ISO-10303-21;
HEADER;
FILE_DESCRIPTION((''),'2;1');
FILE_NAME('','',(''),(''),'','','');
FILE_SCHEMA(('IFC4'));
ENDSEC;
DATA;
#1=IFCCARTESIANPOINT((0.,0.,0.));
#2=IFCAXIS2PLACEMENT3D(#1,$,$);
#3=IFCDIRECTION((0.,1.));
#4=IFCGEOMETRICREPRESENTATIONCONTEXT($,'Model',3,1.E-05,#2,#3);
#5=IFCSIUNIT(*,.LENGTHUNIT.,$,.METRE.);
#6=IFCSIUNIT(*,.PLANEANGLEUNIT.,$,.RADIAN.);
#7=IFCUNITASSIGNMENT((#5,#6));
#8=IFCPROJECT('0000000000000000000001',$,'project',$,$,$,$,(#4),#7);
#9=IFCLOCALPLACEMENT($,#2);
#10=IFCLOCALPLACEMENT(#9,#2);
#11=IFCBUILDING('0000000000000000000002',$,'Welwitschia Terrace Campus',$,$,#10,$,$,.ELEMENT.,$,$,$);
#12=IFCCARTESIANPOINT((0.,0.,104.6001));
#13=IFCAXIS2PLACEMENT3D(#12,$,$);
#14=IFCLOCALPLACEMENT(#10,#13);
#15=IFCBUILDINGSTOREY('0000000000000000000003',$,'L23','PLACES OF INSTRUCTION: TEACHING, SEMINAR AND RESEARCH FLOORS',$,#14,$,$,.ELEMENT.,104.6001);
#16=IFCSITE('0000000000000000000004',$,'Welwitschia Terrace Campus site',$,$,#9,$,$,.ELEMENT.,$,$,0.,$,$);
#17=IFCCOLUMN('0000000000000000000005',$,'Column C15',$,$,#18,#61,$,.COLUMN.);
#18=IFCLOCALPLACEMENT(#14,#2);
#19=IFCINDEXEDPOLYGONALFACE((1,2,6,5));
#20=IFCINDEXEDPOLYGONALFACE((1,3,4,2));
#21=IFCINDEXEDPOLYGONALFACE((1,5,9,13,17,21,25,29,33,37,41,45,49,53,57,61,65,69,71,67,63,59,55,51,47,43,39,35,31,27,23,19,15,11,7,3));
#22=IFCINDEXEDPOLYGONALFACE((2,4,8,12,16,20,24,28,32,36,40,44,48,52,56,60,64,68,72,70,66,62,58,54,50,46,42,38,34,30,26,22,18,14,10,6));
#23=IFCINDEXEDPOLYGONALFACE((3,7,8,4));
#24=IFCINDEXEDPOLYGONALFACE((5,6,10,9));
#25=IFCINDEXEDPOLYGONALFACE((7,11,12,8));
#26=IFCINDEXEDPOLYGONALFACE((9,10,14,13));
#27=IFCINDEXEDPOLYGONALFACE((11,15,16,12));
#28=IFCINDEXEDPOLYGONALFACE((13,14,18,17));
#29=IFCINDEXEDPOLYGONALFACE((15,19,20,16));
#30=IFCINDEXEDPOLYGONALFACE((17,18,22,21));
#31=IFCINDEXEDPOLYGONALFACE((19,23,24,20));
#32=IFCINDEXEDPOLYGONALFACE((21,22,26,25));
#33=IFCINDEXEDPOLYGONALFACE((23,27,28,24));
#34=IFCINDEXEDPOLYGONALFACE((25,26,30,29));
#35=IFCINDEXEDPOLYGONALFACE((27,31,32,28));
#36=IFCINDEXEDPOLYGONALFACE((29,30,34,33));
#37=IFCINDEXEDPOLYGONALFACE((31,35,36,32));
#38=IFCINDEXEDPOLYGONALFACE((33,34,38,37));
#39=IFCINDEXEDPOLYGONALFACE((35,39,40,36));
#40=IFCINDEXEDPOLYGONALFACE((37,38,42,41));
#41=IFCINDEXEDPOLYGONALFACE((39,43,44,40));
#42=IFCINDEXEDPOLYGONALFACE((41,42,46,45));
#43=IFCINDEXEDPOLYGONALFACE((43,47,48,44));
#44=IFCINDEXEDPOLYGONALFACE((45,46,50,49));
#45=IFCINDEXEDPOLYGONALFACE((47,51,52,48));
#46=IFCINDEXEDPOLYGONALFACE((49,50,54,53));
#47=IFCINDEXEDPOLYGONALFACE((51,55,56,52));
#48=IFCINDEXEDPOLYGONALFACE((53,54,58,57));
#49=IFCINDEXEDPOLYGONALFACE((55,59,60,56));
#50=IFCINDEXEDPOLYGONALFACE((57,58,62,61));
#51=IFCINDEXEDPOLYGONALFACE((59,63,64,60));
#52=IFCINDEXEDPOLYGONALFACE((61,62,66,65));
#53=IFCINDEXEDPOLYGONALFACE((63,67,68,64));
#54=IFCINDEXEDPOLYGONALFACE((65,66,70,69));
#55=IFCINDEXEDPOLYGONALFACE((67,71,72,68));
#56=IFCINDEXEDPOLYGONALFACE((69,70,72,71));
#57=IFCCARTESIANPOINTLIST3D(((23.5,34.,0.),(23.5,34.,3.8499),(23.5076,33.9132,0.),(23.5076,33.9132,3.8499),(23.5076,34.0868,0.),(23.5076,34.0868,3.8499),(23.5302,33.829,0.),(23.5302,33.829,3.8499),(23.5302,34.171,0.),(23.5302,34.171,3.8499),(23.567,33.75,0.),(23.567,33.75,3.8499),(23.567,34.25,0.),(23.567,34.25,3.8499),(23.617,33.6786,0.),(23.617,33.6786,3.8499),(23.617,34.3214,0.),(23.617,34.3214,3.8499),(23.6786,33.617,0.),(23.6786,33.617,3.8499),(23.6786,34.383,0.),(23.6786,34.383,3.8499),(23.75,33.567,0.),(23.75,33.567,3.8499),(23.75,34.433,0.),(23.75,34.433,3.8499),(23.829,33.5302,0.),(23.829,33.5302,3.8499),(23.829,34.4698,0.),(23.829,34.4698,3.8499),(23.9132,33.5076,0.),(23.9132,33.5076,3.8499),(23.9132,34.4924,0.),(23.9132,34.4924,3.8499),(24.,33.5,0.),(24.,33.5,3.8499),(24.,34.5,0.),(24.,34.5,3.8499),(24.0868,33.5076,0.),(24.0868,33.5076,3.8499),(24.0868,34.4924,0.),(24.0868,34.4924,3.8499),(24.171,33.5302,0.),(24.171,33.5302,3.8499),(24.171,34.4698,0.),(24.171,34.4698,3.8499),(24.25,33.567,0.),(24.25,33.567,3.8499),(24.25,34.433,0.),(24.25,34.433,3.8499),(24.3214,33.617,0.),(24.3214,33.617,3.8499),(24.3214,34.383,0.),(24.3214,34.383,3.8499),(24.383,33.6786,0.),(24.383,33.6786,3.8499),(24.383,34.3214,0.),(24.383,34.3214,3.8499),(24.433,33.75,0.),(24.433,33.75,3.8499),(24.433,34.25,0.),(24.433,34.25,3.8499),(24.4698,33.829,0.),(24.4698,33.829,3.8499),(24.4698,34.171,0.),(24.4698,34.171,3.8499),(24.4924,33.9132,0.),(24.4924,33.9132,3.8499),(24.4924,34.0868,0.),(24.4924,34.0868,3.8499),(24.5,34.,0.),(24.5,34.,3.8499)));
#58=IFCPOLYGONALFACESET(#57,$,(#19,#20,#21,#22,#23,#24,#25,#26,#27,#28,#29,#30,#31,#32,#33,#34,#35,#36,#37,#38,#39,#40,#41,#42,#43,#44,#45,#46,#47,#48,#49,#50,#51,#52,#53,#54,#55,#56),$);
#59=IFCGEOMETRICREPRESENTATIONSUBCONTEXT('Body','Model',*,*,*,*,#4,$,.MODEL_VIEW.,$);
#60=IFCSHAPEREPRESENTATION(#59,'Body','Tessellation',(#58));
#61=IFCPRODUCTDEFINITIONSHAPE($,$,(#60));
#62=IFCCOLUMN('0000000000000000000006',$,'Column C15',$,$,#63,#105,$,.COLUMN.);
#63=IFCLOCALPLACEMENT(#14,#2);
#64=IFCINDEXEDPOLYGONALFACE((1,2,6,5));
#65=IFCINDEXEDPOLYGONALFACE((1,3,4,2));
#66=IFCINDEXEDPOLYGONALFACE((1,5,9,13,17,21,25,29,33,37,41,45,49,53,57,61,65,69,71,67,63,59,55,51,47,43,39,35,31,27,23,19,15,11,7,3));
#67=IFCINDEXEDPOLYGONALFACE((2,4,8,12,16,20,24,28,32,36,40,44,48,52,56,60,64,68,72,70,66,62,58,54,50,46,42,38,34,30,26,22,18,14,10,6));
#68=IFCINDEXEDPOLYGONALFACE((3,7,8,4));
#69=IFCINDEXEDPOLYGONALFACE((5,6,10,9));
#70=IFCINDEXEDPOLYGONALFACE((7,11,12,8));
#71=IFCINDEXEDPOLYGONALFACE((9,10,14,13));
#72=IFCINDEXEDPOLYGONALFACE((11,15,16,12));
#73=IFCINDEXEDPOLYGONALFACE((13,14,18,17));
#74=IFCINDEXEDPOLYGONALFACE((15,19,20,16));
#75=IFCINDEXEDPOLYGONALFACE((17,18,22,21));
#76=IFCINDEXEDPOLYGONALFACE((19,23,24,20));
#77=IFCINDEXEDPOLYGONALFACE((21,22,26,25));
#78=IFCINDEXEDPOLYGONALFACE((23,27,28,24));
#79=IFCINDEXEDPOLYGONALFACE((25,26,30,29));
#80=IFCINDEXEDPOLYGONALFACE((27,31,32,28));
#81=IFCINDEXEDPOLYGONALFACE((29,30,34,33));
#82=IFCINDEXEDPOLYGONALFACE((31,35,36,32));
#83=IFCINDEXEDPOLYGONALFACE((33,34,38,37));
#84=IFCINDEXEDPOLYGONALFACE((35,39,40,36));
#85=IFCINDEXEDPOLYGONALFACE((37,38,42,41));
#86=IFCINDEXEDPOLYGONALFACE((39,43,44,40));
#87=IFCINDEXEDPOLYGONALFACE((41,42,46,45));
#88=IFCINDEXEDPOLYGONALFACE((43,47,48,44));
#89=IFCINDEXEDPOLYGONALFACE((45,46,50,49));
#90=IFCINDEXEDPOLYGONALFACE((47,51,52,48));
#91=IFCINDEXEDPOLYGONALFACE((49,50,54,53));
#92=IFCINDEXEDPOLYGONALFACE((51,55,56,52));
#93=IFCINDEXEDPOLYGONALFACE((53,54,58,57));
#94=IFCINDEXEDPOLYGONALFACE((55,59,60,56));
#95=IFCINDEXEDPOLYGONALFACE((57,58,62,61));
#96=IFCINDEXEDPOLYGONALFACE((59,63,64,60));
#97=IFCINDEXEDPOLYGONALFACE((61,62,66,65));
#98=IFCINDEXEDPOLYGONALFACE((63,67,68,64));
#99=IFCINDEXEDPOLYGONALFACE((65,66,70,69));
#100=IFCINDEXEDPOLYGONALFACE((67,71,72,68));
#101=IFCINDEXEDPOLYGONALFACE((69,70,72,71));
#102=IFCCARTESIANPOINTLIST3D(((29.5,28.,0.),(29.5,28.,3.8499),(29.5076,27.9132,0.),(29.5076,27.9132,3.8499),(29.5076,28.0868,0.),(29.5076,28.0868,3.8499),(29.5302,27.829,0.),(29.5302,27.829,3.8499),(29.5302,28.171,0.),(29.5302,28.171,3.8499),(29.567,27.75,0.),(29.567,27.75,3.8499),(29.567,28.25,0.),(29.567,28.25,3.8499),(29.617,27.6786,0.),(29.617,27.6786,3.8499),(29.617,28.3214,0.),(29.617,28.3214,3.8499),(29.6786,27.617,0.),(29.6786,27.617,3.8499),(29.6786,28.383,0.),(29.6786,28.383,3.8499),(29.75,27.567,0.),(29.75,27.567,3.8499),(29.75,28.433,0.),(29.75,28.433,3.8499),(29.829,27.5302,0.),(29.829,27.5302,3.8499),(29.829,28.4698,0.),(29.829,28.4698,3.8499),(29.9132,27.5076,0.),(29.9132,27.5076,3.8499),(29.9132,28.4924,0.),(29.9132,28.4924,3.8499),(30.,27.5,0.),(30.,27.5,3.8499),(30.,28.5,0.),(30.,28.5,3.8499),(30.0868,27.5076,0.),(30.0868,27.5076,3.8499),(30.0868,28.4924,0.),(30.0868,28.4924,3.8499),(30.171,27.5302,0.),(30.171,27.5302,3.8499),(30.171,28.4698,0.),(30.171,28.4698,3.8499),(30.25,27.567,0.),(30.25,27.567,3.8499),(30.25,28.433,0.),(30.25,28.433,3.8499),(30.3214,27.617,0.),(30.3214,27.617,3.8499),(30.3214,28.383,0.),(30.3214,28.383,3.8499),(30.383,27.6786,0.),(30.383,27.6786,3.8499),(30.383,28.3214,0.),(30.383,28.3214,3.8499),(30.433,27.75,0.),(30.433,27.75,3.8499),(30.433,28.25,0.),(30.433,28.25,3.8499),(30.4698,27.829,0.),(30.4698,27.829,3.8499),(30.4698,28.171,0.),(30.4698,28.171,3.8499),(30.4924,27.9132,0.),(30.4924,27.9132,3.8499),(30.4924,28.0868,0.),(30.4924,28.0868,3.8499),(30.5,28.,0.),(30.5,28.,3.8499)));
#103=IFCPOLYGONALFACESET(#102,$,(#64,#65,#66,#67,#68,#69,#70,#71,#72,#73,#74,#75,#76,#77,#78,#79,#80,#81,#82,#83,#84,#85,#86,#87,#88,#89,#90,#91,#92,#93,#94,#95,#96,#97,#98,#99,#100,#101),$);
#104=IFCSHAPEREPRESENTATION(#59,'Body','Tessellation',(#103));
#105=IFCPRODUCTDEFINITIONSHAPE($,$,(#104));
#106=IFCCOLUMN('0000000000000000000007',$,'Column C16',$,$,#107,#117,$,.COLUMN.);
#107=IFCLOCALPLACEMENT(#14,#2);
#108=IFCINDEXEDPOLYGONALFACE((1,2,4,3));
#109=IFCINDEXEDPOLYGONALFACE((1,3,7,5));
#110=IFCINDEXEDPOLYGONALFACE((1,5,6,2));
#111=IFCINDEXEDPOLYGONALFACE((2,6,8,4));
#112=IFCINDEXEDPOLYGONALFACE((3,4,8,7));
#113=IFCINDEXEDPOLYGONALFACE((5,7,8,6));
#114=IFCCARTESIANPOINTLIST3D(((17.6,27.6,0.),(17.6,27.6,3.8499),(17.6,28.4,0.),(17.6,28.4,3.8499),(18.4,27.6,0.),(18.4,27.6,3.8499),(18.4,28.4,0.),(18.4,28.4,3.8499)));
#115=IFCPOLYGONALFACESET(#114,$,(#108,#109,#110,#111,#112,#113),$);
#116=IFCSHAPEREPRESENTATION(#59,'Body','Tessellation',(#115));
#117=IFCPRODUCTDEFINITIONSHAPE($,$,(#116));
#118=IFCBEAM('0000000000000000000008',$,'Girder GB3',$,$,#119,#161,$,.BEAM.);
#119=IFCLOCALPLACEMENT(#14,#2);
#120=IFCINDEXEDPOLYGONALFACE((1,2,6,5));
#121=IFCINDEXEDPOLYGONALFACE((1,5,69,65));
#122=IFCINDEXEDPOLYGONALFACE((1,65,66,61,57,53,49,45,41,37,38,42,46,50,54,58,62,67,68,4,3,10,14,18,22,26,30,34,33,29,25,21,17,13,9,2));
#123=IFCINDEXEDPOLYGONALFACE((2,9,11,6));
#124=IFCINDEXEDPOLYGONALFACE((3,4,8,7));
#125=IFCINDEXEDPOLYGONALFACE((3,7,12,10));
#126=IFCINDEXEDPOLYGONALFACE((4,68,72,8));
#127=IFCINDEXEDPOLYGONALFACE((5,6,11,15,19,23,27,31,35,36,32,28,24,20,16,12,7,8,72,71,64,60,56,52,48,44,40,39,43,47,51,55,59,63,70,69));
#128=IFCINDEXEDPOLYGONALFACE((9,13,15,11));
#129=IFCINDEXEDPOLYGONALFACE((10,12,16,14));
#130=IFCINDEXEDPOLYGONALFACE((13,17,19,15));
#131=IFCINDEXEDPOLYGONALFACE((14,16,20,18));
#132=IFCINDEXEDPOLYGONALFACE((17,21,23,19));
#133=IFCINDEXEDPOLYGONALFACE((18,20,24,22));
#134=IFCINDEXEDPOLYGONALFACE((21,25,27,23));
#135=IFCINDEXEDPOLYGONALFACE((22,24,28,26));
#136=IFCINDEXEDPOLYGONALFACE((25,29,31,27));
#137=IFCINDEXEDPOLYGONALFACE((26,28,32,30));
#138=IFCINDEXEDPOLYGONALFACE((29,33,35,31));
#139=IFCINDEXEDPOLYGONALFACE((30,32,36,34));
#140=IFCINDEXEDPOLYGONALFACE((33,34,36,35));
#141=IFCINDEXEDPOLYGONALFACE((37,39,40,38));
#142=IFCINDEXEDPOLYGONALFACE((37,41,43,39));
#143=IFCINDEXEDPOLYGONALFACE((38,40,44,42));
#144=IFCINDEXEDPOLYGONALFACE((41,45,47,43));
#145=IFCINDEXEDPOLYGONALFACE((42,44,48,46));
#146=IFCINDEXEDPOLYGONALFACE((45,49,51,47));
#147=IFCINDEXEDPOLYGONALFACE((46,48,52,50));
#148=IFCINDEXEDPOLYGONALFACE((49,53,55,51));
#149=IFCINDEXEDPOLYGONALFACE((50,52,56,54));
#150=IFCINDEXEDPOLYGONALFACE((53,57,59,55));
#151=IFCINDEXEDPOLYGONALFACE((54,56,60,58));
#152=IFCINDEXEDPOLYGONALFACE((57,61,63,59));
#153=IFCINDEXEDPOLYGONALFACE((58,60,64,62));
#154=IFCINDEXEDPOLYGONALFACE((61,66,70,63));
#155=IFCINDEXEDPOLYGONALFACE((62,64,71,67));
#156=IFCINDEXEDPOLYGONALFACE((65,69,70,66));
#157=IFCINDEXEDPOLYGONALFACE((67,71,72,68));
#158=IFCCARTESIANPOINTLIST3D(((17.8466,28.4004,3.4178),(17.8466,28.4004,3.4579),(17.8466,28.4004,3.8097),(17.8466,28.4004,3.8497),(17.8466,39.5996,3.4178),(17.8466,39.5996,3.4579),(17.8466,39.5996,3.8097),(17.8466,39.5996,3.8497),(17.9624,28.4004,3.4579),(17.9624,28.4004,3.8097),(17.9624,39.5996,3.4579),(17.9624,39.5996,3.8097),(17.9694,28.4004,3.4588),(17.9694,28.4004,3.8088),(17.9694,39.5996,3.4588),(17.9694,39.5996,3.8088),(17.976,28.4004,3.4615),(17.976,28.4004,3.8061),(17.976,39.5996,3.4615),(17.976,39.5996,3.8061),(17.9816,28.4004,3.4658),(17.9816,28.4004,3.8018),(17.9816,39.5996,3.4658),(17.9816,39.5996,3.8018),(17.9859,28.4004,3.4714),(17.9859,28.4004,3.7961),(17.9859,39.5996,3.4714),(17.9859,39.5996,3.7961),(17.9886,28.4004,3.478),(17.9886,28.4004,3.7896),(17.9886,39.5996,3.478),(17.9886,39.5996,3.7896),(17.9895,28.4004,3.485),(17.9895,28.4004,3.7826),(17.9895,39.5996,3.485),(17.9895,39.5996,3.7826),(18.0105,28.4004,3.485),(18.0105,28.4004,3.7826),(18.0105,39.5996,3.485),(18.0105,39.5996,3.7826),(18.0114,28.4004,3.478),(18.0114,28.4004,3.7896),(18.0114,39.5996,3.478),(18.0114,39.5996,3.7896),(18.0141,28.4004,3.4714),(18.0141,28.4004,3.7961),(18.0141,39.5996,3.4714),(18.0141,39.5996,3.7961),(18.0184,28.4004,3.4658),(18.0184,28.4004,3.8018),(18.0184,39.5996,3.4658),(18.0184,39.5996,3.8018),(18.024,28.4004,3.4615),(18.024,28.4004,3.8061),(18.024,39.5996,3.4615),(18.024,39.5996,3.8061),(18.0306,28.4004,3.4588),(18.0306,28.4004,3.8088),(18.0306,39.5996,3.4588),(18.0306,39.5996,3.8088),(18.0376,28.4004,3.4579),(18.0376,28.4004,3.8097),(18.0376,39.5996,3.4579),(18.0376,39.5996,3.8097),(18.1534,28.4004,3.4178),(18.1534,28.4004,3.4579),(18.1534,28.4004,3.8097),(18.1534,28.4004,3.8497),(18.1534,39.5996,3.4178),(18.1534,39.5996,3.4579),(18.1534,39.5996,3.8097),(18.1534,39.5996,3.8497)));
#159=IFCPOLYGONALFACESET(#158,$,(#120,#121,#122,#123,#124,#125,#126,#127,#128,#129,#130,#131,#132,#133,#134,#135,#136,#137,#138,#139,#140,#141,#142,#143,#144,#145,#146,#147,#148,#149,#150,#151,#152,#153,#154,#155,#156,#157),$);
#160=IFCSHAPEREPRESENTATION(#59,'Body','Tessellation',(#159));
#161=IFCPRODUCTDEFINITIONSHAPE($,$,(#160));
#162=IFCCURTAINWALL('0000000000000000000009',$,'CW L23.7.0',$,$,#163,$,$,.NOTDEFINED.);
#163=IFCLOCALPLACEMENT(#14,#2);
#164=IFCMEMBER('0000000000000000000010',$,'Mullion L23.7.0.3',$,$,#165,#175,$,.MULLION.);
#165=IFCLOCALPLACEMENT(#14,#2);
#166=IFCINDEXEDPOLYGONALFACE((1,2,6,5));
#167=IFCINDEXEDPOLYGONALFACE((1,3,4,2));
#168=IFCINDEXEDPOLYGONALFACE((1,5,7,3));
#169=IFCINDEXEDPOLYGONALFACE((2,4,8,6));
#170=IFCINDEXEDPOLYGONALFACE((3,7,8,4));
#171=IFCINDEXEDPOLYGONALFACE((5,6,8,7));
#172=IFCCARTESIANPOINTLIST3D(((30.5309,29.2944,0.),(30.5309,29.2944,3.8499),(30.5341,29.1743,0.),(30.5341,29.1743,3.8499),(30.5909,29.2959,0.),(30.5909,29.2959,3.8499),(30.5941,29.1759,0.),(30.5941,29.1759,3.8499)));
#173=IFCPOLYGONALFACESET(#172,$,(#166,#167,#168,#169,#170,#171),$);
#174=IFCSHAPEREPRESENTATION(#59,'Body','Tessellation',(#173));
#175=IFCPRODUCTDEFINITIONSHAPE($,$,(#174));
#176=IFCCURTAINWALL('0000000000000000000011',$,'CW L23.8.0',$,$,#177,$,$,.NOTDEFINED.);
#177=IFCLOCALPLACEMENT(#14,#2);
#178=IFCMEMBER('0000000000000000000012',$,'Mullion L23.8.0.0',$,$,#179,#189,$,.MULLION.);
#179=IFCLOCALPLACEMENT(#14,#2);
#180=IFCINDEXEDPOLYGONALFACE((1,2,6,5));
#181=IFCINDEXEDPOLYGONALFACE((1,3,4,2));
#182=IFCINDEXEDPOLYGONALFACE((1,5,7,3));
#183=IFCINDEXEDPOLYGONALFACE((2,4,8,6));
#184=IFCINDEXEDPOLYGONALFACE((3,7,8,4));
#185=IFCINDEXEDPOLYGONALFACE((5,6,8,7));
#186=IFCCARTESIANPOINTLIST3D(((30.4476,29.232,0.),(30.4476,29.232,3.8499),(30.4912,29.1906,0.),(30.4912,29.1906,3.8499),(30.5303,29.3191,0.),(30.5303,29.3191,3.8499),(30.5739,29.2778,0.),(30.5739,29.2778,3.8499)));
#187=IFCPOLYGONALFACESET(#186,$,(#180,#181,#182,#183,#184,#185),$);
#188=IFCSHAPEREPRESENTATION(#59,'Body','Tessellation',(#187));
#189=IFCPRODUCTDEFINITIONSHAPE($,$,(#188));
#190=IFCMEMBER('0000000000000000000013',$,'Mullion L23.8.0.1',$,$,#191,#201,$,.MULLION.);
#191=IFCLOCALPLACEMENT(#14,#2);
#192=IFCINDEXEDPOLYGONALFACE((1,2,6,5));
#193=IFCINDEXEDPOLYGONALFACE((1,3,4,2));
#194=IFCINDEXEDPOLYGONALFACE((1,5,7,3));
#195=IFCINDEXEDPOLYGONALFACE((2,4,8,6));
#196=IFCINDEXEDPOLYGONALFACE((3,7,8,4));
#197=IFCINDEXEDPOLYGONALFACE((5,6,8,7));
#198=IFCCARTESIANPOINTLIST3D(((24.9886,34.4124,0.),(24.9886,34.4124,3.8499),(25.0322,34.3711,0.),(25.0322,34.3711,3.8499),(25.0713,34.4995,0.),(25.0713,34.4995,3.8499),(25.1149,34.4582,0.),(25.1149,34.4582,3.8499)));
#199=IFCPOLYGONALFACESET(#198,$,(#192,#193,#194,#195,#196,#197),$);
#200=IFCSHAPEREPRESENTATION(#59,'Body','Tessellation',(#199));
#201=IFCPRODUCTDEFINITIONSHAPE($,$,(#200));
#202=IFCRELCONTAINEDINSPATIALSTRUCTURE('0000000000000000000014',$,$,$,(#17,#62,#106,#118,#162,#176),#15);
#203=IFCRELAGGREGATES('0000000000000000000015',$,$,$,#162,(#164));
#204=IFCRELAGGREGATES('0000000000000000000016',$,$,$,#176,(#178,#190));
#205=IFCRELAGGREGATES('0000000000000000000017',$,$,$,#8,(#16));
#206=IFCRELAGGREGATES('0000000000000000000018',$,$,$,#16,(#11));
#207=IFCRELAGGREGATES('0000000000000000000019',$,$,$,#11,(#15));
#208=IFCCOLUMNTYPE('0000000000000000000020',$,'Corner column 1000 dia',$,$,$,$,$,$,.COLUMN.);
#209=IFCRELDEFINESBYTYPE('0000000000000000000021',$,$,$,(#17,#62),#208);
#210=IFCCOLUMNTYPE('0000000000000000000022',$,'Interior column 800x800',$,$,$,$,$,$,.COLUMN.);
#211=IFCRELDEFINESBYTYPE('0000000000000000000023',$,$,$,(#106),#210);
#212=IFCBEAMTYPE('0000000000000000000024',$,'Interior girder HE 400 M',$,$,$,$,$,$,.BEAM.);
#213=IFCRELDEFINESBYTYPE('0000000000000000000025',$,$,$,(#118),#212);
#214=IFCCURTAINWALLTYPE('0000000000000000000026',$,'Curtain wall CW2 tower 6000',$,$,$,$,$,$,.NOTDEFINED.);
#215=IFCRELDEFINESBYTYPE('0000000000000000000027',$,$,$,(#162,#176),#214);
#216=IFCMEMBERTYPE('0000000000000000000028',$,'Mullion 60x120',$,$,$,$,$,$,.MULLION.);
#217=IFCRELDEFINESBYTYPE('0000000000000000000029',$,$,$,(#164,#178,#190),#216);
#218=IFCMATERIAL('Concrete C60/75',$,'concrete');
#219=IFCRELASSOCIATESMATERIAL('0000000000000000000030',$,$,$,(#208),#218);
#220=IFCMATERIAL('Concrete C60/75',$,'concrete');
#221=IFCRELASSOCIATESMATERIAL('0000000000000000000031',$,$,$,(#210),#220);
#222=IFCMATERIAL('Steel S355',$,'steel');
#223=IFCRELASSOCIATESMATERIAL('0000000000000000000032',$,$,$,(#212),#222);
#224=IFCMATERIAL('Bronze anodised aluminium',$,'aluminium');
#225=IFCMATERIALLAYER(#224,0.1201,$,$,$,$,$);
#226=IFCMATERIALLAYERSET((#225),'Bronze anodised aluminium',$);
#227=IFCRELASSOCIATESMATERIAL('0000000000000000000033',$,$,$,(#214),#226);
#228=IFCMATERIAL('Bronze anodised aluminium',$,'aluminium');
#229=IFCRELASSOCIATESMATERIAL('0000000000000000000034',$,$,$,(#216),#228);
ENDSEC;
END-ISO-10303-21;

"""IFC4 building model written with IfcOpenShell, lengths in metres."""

from ifc_helpers import new_model, si_unit, direction, frame, origin, origin_2d, place, context, subcontext, project, spatial, rectangle, circle, i_section, extrude, material, layer, layer_set, material_profile, profile_set, type_object, element, aggregate, save


model = new_model("IFC4")

# Units and contexts
model_context = context("Model", 3, precision=1e-05, world=origin(), true_north=direction((0.0, 1.0)))
body_context = subcontext(model_context, "Body", "Model", "MODEL_VIEW")
ifc_project = project(units=[si_unit("LENGTHUNIT", "METRE"), si_unit("PLANEANGLEUNIT", "RADIAN")], contexts=[model_context])

# Site, building, storey
site_placement = place(None, origin())
site = spatial("IfcSite", under=ifc_project, at=site_placement, Name="Welwitschia Terrace Campus site", CompositionType="ELEMENT", RefElevation=0.0)
building_placement = place(site_placement, origin())
building = spatial("IfcBuilding", under=site, at=building_placement, Name="Welwitschia Terrace Campus", CompositionType="ELEMENT")
storey_placement = place(building_placement, frame((0.0, 0.0, 104.6001)))
storey = spatial("IfcBuildingStorey", under=building, at=storey_placement, Name="L23", Description="PLACES OF INSTRUCTION: TEACHING, SEMINAR AND RESEARCH FLOORS", CompositionType="ELEMENT", Elevation=104.6001)

# Columns
ifc_material_1 = material(Name="Concrete C60/75", Category="concrete")
ifc_material_profile_1 = material_profile(ifc_material_1, circle(Radius=0.5, at=origin_2d()))
ifc_profile_set_1 = profile_set([ifc_material_profile_1], Name="Concrete C60/75")
column_type_1 = type_object("IfcColumnType", Name="Corner column 1000 dia", PredefinedType="COLUMN", material=ifc_profile_set_1)
for number, where, z_axis, x_axis, name in (
    (1, (24.0, 34.0, 0.0), (0.0, 0.0, 1.0), (1.0, 0.0, 0.0), "Column C15"),
    (2, (30.0, 28.0, 0.0), (0.0, 0.0, 1.0), (1.0, 0.0, 0.0), "Column C15"),
):
    element("IfcColumn", number, at=place(storey_placement, frame(where, z_axis=z_axis, x_axis=x_axis)), inside=storey, type_object=column_type_1, Name=name, PredefinedType="COLUMN", context=body_context, shape_type="SweptSolid", body=[
        extrude(circle(Radius=0.5, at=origin_2d()), origin(), (0.0, 0.0, 1.0), 3.8499),
    ])
ifc_material_2 = material(Name="Concrete C60/75", Category="concrete")
ifc_material_profile_2 = material_profile(ifc_material_2, rectangle(XDim=0.8, YDim=0.8, at=origin_2d()))
ifc_profile_set_2 = profile_set([ifc_material_profile_2], Name="Concrete C60/75")
column_type_2 = type_object("IfcColumnType", Name="Interior column 800x800", PredefinedType="COLUMN", material=ifc_profile_set_2)
column_placement = place(storey_placement, frame((18.0, 28.0, 0.0), z_axis=(0.0, 0.0, 1.0), x_axis=(1.0, 0.0, 0.0)))
element("IfcColumn", 3, at=column_placement, inside=storey, type_object=column_type_2, Name="Column C16", PredefinedType="COLUMN", context=body_context, shape_type="SweptSolid", body=[
    extrude(rectangle(XDim=0.8, YDim=0.8, at=origin_2d()), origin(), (0.0, 0.0, 1.0), 3.8499),
])

# Beam
ifc_material_3 = material(Name="Steel S355", Category="steel")
ifc_material_profile_3 = material_profile(ifc_material_3, i_section(OverallWidth=0.3069, OverallDepth=0.4319, WebThickness=0.021, FlangeThickness=0.04, FilletRadius=0.0271, at=origin_2d()))
ifc_profile_set_3 = profile_set([ifc_material_profile_3], Name="Steel S355")
beam_type_1 = type_object("IfcBeamType", Name="Interior girder HE 400 M", PredefinedType="BEAM", material=ifc_profile_set_3)
beam_1_placement = place(storey_placement, frame((18.0, 28.4004, 3.6338), z_axis=(0.0, 1.0, 0.0), x_axis=(-1.0, 0.0, 0.0)))
element("IfcBeam", 4, at=beam_1_placement, inside=storey, type_object=beam_type_1, Name="Girder GB3", PredefinedType="BEAM", context=body_context, shape_type="SweptSolid", body=[
    extrude(i_section(OverallWidth=0.3069, OverallDepth=0.4319, WebThickness=0.021, FlangeThickness=0.04, FilletRadius=0.0271, at=origin_2d()), origin(), (0.0, 0.0, 1.0), 11.1992),
])

# Curtain wall, member
ifc_material_4 = material(Name="Bronze anodised aluminium", Category="aluminium")
ifc_layer_1 = layer(ifc_material_4, 0.1201)
ifc_layer_set_1 = layer_set([ifc_layer_1], Name="Bronze anodised aluminium")
curtain_wall_type = type_object("IfcCurtainWallType", Name="Curtain wall CW2 tower 6000", PredefinedType="NOTDEFINED", material=ifc_layer_set_1)
curtain_wall_1_placement = place(storey_placement, origin())
curtain_wall_1 = element("IfcCurtainWall", 5, at=curtain_wall_1_placement, inside=storey, type_object=curtain_wall_type, Name="CW L23.7.0", PredefinedType="NOTDEFINED")
ifc_material_5 = material(Name="Bronze anodised aluminium", Category="aluminium")
ifc_material_profile_4 = material_profile(ifc_material_5, rectangle(XDim=0.1201, YDim=0.0601, at=origin_2d()))
ifc_profile_set_4 = profile_set([ifc_material_profile_4], Name="Bronze anodised aluminium")
member_type_1 = type_object("IfcMemberType", Name="Mullion 60x120", PredefinedType="MULLION", material=ifc_profile_set_4)
member_1_placement = place(storey_placement, frame((30.5625, 29.2351, 0.0), z_axis=(0.0, 0.0, 1.0), x_axis=(0.026177, -0.999657, 0.0)))
member_1 = element("IfcMember", 6, at=member_1_placement, type_object=member_type_1, Name="Mullion L23.7.0.3", PredefinedType="MULLION", context=body_context, shape_type="SweptSolid", body=[
    extrude(rectangle(XDim=0.1201, YDim=0.0601, at=origin_2d()), origin(), (0.0, 0.0, 1.0), 3.8499),
])

# Curtain wall, members
curtain_wall_2_placement = place(storey_placement, origin())
curtain_wall_2 = element("IfcCurtainWall", 7, at=curtain_wall_2_placement, inside=storey, type_object=curtain_wall_type, Name="CW L23.8.0", PredefinedType="NOTDEFINED")
member_2_placement = place(storey_placement, frame((30.5107, 29.2549, 0.0), z_axis=(0.0, 0.0, 1.0), x_axis=(-0.688355, -0.725374, 0.0)))
member_2 = element("IfcMember", 8, at=member_2_placement, type_object=member_type_1, Name="Mullion L23.8.0.0", PredefinedType="MULLION", context=body_context, shape_type="SweptSolid", body=[
    extrude(rectangle(XDim=0.1201, YDim=0.0601, at=origin_2d()), origin(), (0.0, 0.0, 1.0), 3.8499),
])
member_3_placement = place(storey_placement, frame((25.0518, 34.4353, 0.0), z_axis=(0.0, 0.0, 1.0), x_axis=(-0.688355, -0.725374, 0.0)))
member_3 = element("IfcMember", 9, at=member_3_placement, type_object=member_type_1, Name="Mullion L23.8.0.1", PredefinedType="MULLION", context=body_context, shape_type="SweptSolid", body=[
    extrude(rectangle(XDim=0.1201, YDim=0.0601, at=origin_2d()), origin(), (0.0, 0.0, 1.0), 3.8499),
])

aggregate(curtain_wall_1, [member_1])
aggregate(curtain_wall_2, [member_2, member_3])

save(model, "model.ifc")
